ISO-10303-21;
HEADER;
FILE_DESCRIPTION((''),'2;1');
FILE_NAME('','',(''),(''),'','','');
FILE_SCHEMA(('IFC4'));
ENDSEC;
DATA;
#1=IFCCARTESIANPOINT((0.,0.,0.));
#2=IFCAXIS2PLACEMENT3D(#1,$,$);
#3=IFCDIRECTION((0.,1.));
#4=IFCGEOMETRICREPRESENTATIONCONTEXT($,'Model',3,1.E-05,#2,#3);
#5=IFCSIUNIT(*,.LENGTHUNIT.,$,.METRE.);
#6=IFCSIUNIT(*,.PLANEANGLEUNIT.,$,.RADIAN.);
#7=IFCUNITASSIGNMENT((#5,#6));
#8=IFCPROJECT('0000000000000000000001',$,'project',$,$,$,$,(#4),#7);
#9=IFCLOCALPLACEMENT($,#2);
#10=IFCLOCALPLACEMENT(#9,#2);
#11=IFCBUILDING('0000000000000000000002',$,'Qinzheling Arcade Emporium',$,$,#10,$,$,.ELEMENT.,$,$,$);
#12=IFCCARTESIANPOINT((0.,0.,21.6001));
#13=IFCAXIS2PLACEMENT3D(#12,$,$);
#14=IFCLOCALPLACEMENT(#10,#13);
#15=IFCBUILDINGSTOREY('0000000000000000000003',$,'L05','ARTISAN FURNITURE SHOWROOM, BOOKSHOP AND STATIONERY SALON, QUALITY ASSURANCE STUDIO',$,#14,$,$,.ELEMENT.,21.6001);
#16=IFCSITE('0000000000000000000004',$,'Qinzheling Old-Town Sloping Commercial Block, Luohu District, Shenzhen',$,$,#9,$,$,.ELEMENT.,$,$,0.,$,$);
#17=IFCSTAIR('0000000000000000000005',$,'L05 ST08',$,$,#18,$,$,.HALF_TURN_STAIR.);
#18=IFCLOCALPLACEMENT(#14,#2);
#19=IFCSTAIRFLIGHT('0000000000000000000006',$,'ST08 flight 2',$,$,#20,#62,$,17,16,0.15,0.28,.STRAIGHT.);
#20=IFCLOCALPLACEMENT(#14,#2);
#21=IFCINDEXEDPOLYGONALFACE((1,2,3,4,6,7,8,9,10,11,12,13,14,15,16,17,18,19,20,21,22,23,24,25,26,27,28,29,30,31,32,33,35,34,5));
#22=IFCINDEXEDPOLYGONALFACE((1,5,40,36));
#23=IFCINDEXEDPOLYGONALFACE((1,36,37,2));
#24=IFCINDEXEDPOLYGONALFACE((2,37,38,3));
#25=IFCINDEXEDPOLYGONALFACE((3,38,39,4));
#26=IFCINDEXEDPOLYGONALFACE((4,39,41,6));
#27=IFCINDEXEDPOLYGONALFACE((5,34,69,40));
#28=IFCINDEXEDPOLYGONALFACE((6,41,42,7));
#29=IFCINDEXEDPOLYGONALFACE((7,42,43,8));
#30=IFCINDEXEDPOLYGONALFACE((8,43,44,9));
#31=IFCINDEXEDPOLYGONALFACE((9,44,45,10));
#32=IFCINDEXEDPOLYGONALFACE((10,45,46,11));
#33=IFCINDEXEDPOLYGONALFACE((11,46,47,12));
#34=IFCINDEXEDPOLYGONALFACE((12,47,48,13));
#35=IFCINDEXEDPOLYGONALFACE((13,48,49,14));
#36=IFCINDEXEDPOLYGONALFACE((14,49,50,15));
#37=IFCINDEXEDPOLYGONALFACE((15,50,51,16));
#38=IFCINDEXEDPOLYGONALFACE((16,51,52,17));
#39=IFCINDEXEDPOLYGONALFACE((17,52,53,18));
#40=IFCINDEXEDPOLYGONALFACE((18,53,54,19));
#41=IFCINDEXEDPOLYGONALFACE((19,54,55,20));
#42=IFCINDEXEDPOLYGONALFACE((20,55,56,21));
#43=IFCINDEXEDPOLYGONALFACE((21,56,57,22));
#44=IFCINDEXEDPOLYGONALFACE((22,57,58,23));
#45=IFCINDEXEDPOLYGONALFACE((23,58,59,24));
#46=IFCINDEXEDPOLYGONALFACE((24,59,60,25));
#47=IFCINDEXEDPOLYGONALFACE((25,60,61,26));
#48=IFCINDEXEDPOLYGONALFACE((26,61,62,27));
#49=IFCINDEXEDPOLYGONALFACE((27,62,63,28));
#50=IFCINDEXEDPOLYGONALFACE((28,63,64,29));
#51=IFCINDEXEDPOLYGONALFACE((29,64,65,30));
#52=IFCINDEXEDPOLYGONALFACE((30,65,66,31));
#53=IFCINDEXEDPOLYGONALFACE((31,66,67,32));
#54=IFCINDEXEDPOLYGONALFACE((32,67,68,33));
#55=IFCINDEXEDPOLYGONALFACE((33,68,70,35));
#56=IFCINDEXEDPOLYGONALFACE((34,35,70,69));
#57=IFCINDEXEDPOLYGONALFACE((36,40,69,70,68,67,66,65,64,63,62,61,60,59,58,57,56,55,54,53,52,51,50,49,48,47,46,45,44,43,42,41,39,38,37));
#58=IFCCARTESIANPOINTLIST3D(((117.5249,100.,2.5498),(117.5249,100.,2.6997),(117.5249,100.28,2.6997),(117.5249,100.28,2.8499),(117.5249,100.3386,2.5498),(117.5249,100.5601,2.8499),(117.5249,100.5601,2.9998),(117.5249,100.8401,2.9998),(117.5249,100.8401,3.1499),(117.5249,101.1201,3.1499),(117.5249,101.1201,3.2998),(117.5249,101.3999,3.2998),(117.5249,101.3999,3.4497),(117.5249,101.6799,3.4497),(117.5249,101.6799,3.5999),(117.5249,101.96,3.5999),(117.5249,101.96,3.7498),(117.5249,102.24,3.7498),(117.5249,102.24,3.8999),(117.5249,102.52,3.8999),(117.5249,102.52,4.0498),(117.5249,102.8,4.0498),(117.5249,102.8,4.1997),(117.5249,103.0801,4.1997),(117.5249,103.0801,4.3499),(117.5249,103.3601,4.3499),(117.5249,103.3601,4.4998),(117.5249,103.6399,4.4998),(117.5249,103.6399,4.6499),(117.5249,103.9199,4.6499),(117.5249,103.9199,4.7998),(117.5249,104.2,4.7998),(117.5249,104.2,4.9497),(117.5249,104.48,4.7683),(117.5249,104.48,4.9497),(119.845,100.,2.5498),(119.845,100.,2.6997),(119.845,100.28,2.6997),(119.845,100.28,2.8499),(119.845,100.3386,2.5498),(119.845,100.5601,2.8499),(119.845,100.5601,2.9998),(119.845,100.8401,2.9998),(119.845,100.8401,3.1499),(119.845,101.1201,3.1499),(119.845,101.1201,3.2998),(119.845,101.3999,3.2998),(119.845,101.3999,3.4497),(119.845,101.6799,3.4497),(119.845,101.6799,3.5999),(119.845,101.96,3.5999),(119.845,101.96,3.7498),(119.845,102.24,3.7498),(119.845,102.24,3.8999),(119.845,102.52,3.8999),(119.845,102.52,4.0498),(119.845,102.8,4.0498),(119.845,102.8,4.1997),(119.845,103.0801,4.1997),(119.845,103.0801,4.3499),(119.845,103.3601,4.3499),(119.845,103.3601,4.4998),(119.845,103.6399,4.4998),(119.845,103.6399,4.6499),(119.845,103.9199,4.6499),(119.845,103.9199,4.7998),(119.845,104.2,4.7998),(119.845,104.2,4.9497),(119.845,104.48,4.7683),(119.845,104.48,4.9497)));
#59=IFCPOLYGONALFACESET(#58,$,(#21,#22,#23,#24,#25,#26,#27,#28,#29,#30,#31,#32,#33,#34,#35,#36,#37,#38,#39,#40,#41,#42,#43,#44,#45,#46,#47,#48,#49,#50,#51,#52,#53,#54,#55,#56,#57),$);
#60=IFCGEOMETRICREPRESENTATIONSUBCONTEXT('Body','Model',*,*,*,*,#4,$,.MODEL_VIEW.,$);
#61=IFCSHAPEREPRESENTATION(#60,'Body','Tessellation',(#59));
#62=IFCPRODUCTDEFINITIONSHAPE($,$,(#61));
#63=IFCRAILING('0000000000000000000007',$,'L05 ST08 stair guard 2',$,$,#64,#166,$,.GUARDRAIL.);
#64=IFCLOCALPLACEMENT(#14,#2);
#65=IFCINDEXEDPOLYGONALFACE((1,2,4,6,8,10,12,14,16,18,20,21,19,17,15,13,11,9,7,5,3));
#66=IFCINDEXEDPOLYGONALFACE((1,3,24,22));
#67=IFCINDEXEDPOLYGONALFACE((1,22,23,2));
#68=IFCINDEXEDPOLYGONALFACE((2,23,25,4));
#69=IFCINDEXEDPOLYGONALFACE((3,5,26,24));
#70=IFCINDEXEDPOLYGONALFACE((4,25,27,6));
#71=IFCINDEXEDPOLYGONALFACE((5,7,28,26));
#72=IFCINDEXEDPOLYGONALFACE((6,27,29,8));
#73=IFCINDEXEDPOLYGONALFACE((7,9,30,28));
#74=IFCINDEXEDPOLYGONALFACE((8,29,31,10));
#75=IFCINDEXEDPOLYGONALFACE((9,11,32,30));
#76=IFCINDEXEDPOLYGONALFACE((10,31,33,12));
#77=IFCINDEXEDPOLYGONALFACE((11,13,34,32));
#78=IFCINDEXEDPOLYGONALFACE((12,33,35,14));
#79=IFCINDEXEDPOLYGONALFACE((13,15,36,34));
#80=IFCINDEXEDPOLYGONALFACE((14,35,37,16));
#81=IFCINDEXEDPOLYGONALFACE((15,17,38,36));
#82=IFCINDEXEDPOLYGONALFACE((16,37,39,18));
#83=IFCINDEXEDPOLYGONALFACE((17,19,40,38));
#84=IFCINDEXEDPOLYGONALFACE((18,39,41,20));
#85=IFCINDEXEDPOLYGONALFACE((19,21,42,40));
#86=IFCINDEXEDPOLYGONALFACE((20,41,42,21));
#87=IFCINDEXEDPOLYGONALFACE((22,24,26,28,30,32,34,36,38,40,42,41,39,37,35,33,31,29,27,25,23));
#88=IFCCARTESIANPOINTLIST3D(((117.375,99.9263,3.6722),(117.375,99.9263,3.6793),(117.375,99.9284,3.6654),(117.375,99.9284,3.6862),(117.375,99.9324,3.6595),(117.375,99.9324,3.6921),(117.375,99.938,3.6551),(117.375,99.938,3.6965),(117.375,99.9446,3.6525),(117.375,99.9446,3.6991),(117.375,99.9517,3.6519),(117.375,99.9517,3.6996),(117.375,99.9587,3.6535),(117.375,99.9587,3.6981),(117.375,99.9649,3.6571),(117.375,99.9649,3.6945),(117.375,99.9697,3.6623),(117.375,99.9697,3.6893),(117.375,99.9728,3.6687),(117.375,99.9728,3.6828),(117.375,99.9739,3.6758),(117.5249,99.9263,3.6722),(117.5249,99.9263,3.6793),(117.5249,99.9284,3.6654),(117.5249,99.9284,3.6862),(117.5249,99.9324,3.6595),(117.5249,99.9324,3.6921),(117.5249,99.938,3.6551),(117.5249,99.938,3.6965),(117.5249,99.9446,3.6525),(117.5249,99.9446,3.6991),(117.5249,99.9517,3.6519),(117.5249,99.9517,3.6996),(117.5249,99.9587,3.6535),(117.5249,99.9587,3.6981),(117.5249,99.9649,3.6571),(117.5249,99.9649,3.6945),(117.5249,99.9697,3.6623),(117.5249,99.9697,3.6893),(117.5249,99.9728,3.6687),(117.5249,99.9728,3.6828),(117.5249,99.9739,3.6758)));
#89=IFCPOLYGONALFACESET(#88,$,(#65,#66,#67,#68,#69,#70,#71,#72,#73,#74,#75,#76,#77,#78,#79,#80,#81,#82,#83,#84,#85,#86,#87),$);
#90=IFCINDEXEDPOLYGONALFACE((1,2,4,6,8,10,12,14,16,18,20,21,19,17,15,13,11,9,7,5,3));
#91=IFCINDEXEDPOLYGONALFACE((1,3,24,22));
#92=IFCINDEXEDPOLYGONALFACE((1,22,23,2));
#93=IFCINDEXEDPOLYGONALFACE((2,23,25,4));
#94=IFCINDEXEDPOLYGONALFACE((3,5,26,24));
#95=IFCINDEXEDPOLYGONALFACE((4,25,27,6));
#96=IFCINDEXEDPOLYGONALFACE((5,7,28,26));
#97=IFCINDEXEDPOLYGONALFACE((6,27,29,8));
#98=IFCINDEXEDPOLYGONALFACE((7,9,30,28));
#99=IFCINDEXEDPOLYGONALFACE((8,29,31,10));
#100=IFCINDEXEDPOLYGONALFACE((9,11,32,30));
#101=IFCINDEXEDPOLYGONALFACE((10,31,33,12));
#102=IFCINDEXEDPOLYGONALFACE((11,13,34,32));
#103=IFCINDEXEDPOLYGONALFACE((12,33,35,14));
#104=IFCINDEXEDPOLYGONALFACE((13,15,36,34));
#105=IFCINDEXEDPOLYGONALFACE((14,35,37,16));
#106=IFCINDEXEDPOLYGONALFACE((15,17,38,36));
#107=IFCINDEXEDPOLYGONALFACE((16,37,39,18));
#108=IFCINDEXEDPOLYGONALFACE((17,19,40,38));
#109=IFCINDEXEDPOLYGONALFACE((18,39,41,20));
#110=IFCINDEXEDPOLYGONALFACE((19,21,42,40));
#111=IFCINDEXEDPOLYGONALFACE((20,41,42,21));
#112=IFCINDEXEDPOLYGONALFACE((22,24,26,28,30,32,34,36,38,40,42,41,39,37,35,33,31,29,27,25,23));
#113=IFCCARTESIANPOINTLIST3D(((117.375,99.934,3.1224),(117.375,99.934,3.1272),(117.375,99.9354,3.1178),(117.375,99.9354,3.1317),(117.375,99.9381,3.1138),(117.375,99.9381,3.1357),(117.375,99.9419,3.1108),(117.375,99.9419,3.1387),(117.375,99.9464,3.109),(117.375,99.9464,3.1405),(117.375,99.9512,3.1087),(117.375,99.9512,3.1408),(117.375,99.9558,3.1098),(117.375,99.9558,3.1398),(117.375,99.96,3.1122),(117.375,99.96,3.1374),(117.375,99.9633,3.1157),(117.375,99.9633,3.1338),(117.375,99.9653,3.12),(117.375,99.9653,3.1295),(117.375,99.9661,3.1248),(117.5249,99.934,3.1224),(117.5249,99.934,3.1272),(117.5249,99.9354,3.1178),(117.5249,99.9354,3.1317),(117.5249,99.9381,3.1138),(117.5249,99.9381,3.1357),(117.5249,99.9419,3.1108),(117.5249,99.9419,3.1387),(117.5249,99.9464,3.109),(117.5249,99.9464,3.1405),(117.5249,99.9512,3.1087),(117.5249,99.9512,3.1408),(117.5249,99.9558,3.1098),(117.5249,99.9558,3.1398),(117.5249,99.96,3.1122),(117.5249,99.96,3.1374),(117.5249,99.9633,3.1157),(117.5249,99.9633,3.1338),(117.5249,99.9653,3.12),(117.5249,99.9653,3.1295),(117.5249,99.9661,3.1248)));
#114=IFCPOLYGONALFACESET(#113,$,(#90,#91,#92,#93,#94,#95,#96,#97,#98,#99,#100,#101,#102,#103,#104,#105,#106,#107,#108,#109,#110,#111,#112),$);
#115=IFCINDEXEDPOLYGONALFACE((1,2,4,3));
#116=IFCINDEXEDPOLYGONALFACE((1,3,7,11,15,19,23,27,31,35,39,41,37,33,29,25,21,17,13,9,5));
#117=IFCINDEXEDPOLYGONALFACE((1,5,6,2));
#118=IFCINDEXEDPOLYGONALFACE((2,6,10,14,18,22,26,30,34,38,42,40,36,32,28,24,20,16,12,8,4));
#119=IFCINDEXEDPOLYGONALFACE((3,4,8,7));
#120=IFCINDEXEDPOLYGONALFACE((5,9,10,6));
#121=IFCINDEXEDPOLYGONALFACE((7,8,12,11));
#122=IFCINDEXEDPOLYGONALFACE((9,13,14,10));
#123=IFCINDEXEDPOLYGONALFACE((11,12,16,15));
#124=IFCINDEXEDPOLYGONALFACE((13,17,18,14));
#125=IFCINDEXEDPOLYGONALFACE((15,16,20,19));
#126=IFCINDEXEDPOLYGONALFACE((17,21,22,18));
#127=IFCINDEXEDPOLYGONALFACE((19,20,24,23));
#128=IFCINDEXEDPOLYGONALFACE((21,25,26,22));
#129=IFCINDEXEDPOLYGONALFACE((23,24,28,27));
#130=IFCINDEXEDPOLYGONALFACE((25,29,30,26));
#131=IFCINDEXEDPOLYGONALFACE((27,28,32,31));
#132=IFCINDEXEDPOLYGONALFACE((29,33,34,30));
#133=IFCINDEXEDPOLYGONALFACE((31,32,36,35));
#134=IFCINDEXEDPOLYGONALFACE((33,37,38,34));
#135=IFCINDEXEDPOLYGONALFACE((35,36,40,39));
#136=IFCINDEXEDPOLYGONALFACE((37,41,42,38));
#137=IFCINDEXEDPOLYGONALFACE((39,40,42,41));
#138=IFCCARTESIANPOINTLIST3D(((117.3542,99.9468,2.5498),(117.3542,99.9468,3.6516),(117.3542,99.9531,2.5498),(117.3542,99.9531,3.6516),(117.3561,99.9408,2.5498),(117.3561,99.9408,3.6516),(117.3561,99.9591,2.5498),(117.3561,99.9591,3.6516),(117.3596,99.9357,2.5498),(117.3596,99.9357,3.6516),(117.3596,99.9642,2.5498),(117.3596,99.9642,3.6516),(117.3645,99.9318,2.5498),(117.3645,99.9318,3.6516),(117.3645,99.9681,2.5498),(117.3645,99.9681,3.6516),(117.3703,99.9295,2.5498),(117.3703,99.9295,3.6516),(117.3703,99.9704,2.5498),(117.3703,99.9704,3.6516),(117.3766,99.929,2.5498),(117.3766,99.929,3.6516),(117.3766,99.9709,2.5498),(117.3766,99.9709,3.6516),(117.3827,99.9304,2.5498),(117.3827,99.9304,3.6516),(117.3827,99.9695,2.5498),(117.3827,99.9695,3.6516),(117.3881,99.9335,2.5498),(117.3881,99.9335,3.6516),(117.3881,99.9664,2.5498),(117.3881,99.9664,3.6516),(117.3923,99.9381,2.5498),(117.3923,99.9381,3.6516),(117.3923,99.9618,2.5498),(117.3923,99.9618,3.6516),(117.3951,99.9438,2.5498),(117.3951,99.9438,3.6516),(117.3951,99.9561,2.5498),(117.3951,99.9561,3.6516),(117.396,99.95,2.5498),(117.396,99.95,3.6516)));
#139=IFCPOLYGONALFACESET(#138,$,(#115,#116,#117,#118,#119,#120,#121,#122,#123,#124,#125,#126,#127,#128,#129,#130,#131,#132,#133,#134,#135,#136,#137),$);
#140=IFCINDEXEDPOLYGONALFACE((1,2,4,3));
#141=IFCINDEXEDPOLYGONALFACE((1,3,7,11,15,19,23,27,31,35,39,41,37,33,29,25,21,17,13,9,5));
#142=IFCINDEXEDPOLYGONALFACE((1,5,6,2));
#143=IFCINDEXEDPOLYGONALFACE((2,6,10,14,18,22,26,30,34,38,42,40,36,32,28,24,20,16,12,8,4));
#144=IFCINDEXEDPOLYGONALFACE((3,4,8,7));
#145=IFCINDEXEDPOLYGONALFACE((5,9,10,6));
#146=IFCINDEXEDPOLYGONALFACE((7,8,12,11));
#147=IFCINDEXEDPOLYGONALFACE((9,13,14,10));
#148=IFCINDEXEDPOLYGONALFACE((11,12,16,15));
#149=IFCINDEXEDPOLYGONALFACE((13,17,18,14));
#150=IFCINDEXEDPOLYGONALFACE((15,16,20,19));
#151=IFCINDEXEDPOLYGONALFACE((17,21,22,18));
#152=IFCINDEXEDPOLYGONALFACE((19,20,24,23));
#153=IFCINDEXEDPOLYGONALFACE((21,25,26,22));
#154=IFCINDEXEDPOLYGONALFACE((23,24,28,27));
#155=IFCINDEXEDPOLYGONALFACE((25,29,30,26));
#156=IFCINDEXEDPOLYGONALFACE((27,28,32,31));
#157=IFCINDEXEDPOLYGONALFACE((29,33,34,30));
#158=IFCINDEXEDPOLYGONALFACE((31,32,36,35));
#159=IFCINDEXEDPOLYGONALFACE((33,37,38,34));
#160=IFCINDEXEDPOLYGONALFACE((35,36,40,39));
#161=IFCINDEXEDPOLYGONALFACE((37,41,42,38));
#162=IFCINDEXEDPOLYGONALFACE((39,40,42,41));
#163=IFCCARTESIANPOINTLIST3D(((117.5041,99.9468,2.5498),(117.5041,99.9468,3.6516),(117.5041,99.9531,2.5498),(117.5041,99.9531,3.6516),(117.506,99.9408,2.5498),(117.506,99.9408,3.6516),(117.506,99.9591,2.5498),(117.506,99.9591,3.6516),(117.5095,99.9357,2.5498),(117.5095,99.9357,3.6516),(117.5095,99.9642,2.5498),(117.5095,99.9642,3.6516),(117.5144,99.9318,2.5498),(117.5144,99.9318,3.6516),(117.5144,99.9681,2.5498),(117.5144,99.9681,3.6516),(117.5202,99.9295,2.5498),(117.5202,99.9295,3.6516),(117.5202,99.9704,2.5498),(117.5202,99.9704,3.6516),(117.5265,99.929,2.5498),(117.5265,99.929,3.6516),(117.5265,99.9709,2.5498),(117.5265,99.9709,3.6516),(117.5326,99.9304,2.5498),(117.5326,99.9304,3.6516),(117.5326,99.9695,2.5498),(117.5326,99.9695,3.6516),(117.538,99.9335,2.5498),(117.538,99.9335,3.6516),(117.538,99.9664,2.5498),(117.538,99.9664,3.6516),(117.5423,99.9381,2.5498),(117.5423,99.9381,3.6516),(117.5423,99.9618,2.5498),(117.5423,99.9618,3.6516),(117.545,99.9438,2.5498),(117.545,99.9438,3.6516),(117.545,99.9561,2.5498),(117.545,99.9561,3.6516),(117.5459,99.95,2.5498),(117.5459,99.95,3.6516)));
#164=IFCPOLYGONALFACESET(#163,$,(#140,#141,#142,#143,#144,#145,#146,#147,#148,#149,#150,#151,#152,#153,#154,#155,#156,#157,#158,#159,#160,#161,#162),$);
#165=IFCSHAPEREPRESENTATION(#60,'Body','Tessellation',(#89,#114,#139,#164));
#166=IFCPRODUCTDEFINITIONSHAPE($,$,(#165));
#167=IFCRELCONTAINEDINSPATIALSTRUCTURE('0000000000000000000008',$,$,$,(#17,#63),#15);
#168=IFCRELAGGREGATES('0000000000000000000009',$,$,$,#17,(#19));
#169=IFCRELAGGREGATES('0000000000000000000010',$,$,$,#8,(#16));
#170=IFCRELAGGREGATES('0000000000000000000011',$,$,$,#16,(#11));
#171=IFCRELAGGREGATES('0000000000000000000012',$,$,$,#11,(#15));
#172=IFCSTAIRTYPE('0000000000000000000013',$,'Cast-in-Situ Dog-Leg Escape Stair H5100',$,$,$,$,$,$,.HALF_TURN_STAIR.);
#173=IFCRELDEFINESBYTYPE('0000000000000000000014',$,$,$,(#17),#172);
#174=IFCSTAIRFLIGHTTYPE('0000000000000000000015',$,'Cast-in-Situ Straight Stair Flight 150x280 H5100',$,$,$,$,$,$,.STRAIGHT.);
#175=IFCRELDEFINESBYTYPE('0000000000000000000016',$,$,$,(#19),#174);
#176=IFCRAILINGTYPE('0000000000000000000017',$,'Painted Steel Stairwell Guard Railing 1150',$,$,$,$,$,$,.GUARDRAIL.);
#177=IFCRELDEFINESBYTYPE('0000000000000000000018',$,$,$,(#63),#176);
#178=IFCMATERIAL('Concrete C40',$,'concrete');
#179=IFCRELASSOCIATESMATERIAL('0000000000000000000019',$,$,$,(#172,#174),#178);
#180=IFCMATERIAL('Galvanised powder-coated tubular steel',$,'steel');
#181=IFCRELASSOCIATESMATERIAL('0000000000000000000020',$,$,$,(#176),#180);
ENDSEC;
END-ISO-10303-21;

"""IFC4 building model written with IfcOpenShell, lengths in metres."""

from ifc_helpers import new_model, si_unit, direction, frame, origin, origin_2d, place, context, subcontext, project, spatial, polyline, circle, outline, extrude, material, type_object, element, aggregate, save


model = new_model("IFC4")

# Units and contexts
model_context = context("Model", 3, precision=1e-05, world=origin(), true_north=direction((0.0, 1.0)))
body_context = subcontext(model_context, "Body", "Model", "MODEL_VIEW")
ifc_project = project(units=[si_unit("LENGTHUNIT", "METRE"), si_unit("PLANEANGLEUNIT", "RADIAN")], contexts=[model_context])

# Site, building, storey
site_placement = place(None, origin())
site = spatial("IfcSite", under=ifc_project, at=site_placement, Name="Qinzheling Old-Town Sloping Commercial Block, Luohu District, Shenzhen", CompositionType="ELEMENT", RefElevation=0.0)
building_placement = place(site_placement, origin())
building = spatial("IfcBuilding", under=site, at=building_placement, Name="Qinzheling Arcade Emporium", CompositionType="ELEMENT")
storey_placement = place(building_placement, frame((0.0, 0.0, 21.6001)))
storey = spatial("IfcBuildingStorey", under=building, at=storey_placement, Name="L05", Description="ARTISAN FURNITURE SHOWROOM, BOOKSHOP AND STATIONERY SALON, QUALITY ASSURANCE STUDIO", CompositionType="ELEMENT", Elevation=21.6001)

# Shared definitions
ifc_material_1 = material(Name="Concrete C40", Category="concrete")

# Stair, stair flight
stair_type = type_object("IfcStairType", Name="Cast-in-Situ Dog-Leg Escape Stair H5100", PredefinedType="HALF_TURN_STAIR", material=ifc_material_1)
stair_placement = place(storey_placement, origin())
stair = element("IfcStair", 1, at=stair_placement, inside=storey, type_object=stair_type, Name="L05 ST08", PredefinedType="HALF_TURN_STAIR")
stair_flight_type = type_object("IfcStairFlightType", Name="Cast-in-Situ Straight Stair Flight 150x280 H5100", PredefinedType="STRAIGHT", material=ifc_material_1)
stair_flight_1_placement = place(storey_placement, frame((118.6851, 100.0, 2.5498), z_axis=(0.0, 0.0, 1.0), x_axis=(0.0, 1.0, 0.0)))
stair_flight_1 = element("IfcStairFlight", 2, at=stair_flight_1_placement, type_object=stair_flight_type, Name="ST08 flight 2", NumberOfRisers=17, NumberOfTreads=16, PredefinedType="STRAIGHT", RiserHeight=0.15, TreadLength=0.28, context=body_context, shape_type="SweptSolid", body=[
    extrude(outline(polyline([(0.0, 0.0), (0.0, 0.1499), (0.28, 0.1499), (0.28, 0.3), (0.5601, 0.3), (0.5601, 0.45), (0.8401, 0.45), (0.8401, 0.6001), (1.1201, 0.6001), (1.1201, 0.75), (1.3999, 0.75), (1.3999, 0.8999), (1.6799, 0.8999), (1.6799, 1.05), (1.96, 1.05), (1.96, 1.2), (2.24, 1.2), (2.24, 1.3501), (2.52, 1.3501), (2.52, 1.5), (2.8, 1.5), (2.8, 1.6499), (3.0801, 1.6499), (3.0801, 1.8), (3.3601, 1.8), (3.3601, 1.95), (3.6399, 1.95), (3.6399, 2.1001), (3.9199, 2.1001), (3.9199, 2.25), (4.2, 2.25), (4.2, 2.3999), (4.48, 2.3999), (4.48, 2.55), (4.48, 2.2185), (0.3386, 0.0), (0.0, 0.0)])), frame((0.0, 1.1602, 0.0), z_axis=(0.0, -1.0, 0.0), x_axis=(1.0, 0.0, 0.0)), (0.0, 0.0, 1.0), 2.3201),
])
aggregate(stair, [stair_flight_1])

# Railing
ifc_material_2 = material(Name="Galvanised powder-coated tubular steel", Category="steel")
railing_type_1 = type_object("IfcRailingType", Name="Painted Steel Stairwell Guard Railing 1150", PredefinedType="GUARDRAIL", material=ifc_material_2)
railing_1_placement = place(storey_placement, frame((117.375, 99.95, 2.5498)))
element("IfcRailing", 3, at=railing_1_placement, inside=storey, type_object=railing_type_1, Name="L05 ST08 stair guard 2", PredefinedType="GUARDRAIL", context=body_context, shape_type="SweptSolid", body=[
    extrude(circle(Radius=0.0239, at=origin_2d()), frame((0.0, 0.0, 1.126), z_axis=(1.0, 0.0, 0.0), x_axis=(0.0, 1.0, 0.0)), (0.0, 0.0, 1.0), 0.1499),
    extrude(circle(Radius=0.0161, at=origin_2d()), frame((0.0, 0.0, 0.575), z_axis=(1.0, 0.0, 0.0), x_axis=(0.0, 1.0, 0.0)), (0.0, 0.0, 1.0), 0.1499),
    extrude(circle(Radius=0.021, at=origin_2d()), origin(), (0.0, 0.0, 1.0), 1.1018),
    extrude(circle(Radius=0.021, at=origin_2d()), frame((0.1499, 0.0, 0.0)), (0.0, 0.0, 1.0), 1.1018),
])

save(model, "model.ifc")
